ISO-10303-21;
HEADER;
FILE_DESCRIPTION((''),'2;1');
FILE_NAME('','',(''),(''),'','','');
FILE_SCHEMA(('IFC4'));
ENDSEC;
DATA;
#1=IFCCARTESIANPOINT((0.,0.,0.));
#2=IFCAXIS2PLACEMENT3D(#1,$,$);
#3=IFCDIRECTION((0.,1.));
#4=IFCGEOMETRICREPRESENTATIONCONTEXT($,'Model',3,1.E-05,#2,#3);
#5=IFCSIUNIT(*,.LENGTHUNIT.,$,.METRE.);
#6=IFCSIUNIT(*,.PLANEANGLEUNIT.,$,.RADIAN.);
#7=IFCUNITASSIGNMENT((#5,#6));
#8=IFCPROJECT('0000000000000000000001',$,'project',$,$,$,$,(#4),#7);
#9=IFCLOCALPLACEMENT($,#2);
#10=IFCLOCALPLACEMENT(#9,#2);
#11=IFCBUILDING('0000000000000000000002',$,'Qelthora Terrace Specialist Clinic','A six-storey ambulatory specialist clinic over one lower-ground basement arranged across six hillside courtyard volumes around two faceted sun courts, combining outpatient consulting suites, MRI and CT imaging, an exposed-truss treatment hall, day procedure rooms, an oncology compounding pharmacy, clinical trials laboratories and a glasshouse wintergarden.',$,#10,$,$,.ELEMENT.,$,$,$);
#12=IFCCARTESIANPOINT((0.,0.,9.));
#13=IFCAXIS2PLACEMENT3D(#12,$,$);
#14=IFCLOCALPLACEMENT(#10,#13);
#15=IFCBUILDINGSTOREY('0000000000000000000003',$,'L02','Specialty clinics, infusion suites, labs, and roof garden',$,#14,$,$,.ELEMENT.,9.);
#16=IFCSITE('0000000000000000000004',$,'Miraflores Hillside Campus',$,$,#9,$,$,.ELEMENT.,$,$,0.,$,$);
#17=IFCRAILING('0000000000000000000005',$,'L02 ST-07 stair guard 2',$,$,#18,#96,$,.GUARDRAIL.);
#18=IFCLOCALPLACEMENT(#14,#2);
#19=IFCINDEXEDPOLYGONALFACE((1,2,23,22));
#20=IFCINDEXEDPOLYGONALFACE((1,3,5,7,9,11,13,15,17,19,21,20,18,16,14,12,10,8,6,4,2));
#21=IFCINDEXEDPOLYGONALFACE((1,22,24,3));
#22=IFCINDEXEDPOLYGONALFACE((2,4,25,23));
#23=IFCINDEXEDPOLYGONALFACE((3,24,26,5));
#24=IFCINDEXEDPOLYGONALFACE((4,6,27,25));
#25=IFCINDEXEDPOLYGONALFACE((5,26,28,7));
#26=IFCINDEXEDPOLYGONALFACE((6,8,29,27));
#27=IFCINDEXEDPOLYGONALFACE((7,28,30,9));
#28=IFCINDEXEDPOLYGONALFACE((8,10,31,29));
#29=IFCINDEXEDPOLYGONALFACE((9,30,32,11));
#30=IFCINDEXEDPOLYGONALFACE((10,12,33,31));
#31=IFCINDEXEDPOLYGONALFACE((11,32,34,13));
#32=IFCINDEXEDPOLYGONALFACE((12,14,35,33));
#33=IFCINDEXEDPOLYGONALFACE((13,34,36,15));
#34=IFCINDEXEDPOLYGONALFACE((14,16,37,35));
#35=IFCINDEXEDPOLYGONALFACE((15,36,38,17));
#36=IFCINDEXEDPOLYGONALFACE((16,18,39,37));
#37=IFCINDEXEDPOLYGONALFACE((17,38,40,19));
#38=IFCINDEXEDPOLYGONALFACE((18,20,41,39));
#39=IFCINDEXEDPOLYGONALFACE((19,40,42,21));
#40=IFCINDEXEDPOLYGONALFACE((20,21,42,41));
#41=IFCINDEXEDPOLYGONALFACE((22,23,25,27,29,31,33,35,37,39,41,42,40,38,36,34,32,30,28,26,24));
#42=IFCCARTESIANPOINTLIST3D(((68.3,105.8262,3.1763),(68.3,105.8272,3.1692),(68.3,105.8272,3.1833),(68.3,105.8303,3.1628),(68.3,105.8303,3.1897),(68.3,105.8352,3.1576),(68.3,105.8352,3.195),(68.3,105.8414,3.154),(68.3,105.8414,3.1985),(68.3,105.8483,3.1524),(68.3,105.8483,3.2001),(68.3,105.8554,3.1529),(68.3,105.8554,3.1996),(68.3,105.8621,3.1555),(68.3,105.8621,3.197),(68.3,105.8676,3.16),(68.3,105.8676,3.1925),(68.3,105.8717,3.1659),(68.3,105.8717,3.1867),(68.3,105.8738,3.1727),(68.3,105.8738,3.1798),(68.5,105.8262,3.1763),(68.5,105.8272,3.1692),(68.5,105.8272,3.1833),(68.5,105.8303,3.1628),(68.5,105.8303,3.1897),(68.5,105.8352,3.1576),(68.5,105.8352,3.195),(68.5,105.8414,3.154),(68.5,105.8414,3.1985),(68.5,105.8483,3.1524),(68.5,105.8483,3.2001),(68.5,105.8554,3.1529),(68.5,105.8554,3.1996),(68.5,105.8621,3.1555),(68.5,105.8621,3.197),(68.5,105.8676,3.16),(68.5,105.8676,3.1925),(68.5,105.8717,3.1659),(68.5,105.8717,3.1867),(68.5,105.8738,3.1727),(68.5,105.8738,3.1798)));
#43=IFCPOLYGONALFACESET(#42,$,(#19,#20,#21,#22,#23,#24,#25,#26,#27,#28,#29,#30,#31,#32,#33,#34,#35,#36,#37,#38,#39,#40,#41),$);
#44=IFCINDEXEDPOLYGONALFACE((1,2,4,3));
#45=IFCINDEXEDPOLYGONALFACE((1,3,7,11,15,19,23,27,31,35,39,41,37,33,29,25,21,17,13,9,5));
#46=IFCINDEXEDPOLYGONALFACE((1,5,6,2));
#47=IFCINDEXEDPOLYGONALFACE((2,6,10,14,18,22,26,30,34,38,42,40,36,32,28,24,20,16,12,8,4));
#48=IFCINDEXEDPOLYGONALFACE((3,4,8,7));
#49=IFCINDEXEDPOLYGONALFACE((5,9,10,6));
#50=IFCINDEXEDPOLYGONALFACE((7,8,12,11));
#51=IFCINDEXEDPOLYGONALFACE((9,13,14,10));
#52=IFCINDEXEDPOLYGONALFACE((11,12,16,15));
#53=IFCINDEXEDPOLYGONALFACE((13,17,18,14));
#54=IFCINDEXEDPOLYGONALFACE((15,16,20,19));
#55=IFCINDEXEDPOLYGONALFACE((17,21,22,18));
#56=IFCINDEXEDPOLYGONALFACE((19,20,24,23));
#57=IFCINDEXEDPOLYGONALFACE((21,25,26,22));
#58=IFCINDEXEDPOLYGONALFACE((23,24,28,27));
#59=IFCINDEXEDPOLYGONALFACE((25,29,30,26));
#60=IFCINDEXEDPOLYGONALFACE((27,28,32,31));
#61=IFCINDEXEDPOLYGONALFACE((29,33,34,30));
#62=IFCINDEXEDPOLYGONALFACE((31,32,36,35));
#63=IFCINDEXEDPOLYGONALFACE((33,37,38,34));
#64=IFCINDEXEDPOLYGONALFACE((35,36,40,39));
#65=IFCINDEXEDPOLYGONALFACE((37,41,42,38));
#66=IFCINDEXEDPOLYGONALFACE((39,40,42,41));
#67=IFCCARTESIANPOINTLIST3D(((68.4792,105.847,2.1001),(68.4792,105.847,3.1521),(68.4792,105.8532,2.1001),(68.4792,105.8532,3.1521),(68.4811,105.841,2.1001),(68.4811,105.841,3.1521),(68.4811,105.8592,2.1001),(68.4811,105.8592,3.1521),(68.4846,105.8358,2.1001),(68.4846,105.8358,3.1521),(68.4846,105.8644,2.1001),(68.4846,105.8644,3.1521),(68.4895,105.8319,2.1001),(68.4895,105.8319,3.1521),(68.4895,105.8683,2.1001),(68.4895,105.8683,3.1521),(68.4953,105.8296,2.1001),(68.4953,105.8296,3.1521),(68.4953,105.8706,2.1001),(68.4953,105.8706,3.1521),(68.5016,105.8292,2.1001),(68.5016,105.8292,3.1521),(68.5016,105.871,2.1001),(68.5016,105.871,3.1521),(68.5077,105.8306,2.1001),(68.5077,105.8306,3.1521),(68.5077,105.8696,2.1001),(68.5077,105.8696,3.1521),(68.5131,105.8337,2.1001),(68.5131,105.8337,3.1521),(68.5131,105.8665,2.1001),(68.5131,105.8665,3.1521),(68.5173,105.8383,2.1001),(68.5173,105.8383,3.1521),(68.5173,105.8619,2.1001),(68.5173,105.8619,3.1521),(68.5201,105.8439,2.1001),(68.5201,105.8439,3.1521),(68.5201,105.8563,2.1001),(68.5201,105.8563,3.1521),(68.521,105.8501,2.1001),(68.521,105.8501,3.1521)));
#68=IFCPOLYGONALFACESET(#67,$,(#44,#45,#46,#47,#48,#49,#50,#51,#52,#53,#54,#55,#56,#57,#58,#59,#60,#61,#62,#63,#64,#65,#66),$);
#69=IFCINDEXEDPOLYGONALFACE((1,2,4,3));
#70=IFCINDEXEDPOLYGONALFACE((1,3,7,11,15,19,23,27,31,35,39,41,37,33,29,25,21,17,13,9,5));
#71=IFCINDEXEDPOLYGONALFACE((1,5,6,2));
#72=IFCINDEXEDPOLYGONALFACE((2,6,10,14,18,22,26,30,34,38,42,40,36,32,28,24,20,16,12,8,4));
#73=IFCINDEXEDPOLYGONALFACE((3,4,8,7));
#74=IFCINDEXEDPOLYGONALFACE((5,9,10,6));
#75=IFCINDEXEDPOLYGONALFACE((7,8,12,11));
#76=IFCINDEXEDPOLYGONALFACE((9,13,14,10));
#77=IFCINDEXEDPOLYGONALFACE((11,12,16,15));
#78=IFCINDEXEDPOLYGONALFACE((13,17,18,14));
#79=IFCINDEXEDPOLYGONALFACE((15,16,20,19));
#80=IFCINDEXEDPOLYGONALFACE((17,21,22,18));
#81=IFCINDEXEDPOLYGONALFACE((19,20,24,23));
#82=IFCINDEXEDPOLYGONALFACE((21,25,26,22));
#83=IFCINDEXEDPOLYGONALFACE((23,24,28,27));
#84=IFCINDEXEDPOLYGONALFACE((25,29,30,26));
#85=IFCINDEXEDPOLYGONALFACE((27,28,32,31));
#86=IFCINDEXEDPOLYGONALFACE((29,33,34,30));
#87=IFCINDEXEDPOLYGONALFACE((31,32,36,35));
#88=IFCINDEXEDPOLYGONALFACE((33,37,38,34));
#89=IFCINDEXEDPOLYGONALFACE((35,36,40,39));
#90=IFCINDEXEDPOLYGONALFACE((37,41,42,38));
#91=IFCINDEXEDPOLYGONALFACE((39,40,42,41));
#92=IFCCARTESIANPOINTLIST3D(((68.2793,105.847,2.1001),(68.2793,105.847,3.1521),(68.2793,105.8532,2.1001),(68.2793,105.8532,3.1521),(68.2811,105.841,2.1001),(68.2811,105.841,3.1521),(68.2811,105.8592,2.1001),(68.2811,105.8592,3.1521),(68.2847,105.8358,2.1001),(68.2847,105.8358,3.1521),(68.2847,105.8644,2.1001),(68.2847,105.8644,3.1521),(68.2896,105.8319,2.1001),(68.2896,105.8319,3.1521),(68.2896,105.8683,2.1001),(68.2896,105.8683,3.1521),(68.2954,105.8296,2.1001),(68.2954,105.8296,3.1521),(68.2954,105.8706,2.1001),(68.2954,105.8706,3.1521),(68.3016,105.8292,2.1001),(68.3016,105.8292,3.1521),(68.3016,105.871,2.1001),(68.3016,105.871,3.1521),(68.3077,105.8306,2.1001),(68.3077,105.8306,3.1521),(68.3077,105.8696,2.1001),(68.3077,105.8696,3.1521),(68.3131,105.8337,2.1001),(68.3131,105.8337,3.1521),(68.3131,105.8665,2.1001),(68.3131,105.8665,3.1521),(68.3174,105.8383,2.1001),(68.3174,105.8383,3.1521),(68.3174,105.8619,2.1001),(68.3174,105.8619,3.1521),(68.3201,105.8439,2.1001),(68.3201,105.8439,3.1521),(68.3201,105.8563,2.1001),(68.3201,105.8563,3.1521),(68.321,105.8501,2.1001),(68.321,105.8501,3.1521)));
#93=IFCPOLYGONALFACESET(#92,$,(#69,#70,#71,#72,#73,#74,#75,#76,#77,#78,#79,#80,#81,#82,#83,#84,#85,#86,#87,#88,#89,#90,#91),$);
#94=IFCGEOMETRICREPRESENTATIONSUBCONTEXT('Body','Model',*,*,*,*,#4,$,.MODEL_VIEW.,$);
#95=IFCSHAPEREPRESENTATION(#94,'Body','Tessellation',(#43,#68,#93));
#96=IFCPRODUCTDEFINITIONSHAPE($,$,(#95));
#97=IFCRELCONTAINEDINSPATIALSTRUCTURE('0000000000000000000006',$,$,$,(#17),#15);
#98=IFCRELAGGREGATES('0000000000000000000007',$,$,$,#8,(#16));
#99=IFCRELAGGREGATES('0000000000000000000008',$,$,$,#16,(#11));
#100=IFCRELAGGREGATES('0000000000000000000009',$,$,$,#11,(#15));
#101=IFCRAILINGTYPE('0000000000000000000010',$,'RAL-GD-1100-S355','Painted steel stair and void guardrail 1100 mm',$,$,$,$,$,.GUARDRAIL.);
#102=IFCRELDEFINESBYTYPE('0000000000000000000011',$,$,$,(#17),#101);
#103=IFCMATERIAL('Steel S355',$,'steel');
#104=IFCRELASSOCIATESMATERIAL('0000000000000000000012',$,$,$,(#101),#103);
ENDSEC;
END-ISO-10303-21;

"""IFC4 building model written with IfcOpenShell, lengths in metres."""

from ifc_helpers import new_model, si_unit, direction, frame, origin, origin_2d, place, context, subcontext, project, spatial, circle, extrude, material, type_object, element, save


model = new_model("IFC4")

# Units and contexts
model_context = context("Model", 3, precision=1e-05, world=origin(), true_north=direction((0.0, 1.0)))
body_context = subcontext(model_context, "Body", "Model", "MODEL_VIEW")
ifc_project = project(units=[si_unit("LENGTHUNIT", "METRE"), si_unit("PLANEANGLEUNIT", "RADIAN")], contexts=[model_context])

# Site, building, storey
site_placement = place(None, origin())
site = spatial("IfcSite", under=ifc_project, at=site_placement, Name="Miraflores Hillside Campus", CompositionType="ELEMENT", RefElevation=0.0)
building_placement = place(site_placement, origin())
building = spatial("IfcBuilding", under=site, at=building_placement, Name="Qelthora Terrace Specialist Clinic", Description="A six-storey ambulatory specialist clinic over one lower-ground basement arranged across six hillside courtyard volumes around two faceted sun courts, combining outpatient consulting suites, MRI and CT imaging, an exposed-truss treatment hall, day procedure rooms, an oncology compounding pharmacy, clinical trials laboratories and a glasshouse wintergarden.", CompositionType="ELEMENT")
storey_placement = place(building_placement, frame((0.0, 0.0, 9.0)))
storey = spatial("IfcBuildingStorey", under=building, at=storey_placement, Name="L02", Description="Specialty clinics, infusion suites, labs, and roof garden", CompositionType="ELEMENT", Elevation=9.0)

# Shared definitions
ifc_material_1 = material(Name="Steel S355", Category="steel")

# Railing
railing_type_1 = type_object("IfcRailingType", Name="RAL-GD-1100-S355", Description="Painted steel stair and void guardrail 1100 mm", PredefinedType="GUARDRAIL", material=ifc_material_1)
railing_1_placement = place(storey_placement, frame((68.5, 105.8501, 2.1001)))
element("IfcRailing", 1, at=railing_1_placement, inside=storey, type_object=railing_type_1, Name="L02 ST-07 stair guard 2", PredefinedType="GUARDRAIL", context=body_context, shape_type="SweptSolid", body=[
    extrude(circle(Radius=0.0239, at=origin_2d()), frame((0.0, 0.0, 1.0762), z_axis=(-1.0, 0.0, 0.0), x_axis=(0.0, -1.0, 0.0)), (0.0, 0.0, 1.0), 0.2),
    extrude(circle(Radius=0.021, at=origin_2d()), origin(), (0.0, 0.0, 1.0), 1.052),
    extrude(circle(Radius=0.021, at=origin_2d()), frame((-0.2, 0.0, 0.0)), (0.0, 0.0, 1.0), 1.052),
])

save(model, "model.ifc")
